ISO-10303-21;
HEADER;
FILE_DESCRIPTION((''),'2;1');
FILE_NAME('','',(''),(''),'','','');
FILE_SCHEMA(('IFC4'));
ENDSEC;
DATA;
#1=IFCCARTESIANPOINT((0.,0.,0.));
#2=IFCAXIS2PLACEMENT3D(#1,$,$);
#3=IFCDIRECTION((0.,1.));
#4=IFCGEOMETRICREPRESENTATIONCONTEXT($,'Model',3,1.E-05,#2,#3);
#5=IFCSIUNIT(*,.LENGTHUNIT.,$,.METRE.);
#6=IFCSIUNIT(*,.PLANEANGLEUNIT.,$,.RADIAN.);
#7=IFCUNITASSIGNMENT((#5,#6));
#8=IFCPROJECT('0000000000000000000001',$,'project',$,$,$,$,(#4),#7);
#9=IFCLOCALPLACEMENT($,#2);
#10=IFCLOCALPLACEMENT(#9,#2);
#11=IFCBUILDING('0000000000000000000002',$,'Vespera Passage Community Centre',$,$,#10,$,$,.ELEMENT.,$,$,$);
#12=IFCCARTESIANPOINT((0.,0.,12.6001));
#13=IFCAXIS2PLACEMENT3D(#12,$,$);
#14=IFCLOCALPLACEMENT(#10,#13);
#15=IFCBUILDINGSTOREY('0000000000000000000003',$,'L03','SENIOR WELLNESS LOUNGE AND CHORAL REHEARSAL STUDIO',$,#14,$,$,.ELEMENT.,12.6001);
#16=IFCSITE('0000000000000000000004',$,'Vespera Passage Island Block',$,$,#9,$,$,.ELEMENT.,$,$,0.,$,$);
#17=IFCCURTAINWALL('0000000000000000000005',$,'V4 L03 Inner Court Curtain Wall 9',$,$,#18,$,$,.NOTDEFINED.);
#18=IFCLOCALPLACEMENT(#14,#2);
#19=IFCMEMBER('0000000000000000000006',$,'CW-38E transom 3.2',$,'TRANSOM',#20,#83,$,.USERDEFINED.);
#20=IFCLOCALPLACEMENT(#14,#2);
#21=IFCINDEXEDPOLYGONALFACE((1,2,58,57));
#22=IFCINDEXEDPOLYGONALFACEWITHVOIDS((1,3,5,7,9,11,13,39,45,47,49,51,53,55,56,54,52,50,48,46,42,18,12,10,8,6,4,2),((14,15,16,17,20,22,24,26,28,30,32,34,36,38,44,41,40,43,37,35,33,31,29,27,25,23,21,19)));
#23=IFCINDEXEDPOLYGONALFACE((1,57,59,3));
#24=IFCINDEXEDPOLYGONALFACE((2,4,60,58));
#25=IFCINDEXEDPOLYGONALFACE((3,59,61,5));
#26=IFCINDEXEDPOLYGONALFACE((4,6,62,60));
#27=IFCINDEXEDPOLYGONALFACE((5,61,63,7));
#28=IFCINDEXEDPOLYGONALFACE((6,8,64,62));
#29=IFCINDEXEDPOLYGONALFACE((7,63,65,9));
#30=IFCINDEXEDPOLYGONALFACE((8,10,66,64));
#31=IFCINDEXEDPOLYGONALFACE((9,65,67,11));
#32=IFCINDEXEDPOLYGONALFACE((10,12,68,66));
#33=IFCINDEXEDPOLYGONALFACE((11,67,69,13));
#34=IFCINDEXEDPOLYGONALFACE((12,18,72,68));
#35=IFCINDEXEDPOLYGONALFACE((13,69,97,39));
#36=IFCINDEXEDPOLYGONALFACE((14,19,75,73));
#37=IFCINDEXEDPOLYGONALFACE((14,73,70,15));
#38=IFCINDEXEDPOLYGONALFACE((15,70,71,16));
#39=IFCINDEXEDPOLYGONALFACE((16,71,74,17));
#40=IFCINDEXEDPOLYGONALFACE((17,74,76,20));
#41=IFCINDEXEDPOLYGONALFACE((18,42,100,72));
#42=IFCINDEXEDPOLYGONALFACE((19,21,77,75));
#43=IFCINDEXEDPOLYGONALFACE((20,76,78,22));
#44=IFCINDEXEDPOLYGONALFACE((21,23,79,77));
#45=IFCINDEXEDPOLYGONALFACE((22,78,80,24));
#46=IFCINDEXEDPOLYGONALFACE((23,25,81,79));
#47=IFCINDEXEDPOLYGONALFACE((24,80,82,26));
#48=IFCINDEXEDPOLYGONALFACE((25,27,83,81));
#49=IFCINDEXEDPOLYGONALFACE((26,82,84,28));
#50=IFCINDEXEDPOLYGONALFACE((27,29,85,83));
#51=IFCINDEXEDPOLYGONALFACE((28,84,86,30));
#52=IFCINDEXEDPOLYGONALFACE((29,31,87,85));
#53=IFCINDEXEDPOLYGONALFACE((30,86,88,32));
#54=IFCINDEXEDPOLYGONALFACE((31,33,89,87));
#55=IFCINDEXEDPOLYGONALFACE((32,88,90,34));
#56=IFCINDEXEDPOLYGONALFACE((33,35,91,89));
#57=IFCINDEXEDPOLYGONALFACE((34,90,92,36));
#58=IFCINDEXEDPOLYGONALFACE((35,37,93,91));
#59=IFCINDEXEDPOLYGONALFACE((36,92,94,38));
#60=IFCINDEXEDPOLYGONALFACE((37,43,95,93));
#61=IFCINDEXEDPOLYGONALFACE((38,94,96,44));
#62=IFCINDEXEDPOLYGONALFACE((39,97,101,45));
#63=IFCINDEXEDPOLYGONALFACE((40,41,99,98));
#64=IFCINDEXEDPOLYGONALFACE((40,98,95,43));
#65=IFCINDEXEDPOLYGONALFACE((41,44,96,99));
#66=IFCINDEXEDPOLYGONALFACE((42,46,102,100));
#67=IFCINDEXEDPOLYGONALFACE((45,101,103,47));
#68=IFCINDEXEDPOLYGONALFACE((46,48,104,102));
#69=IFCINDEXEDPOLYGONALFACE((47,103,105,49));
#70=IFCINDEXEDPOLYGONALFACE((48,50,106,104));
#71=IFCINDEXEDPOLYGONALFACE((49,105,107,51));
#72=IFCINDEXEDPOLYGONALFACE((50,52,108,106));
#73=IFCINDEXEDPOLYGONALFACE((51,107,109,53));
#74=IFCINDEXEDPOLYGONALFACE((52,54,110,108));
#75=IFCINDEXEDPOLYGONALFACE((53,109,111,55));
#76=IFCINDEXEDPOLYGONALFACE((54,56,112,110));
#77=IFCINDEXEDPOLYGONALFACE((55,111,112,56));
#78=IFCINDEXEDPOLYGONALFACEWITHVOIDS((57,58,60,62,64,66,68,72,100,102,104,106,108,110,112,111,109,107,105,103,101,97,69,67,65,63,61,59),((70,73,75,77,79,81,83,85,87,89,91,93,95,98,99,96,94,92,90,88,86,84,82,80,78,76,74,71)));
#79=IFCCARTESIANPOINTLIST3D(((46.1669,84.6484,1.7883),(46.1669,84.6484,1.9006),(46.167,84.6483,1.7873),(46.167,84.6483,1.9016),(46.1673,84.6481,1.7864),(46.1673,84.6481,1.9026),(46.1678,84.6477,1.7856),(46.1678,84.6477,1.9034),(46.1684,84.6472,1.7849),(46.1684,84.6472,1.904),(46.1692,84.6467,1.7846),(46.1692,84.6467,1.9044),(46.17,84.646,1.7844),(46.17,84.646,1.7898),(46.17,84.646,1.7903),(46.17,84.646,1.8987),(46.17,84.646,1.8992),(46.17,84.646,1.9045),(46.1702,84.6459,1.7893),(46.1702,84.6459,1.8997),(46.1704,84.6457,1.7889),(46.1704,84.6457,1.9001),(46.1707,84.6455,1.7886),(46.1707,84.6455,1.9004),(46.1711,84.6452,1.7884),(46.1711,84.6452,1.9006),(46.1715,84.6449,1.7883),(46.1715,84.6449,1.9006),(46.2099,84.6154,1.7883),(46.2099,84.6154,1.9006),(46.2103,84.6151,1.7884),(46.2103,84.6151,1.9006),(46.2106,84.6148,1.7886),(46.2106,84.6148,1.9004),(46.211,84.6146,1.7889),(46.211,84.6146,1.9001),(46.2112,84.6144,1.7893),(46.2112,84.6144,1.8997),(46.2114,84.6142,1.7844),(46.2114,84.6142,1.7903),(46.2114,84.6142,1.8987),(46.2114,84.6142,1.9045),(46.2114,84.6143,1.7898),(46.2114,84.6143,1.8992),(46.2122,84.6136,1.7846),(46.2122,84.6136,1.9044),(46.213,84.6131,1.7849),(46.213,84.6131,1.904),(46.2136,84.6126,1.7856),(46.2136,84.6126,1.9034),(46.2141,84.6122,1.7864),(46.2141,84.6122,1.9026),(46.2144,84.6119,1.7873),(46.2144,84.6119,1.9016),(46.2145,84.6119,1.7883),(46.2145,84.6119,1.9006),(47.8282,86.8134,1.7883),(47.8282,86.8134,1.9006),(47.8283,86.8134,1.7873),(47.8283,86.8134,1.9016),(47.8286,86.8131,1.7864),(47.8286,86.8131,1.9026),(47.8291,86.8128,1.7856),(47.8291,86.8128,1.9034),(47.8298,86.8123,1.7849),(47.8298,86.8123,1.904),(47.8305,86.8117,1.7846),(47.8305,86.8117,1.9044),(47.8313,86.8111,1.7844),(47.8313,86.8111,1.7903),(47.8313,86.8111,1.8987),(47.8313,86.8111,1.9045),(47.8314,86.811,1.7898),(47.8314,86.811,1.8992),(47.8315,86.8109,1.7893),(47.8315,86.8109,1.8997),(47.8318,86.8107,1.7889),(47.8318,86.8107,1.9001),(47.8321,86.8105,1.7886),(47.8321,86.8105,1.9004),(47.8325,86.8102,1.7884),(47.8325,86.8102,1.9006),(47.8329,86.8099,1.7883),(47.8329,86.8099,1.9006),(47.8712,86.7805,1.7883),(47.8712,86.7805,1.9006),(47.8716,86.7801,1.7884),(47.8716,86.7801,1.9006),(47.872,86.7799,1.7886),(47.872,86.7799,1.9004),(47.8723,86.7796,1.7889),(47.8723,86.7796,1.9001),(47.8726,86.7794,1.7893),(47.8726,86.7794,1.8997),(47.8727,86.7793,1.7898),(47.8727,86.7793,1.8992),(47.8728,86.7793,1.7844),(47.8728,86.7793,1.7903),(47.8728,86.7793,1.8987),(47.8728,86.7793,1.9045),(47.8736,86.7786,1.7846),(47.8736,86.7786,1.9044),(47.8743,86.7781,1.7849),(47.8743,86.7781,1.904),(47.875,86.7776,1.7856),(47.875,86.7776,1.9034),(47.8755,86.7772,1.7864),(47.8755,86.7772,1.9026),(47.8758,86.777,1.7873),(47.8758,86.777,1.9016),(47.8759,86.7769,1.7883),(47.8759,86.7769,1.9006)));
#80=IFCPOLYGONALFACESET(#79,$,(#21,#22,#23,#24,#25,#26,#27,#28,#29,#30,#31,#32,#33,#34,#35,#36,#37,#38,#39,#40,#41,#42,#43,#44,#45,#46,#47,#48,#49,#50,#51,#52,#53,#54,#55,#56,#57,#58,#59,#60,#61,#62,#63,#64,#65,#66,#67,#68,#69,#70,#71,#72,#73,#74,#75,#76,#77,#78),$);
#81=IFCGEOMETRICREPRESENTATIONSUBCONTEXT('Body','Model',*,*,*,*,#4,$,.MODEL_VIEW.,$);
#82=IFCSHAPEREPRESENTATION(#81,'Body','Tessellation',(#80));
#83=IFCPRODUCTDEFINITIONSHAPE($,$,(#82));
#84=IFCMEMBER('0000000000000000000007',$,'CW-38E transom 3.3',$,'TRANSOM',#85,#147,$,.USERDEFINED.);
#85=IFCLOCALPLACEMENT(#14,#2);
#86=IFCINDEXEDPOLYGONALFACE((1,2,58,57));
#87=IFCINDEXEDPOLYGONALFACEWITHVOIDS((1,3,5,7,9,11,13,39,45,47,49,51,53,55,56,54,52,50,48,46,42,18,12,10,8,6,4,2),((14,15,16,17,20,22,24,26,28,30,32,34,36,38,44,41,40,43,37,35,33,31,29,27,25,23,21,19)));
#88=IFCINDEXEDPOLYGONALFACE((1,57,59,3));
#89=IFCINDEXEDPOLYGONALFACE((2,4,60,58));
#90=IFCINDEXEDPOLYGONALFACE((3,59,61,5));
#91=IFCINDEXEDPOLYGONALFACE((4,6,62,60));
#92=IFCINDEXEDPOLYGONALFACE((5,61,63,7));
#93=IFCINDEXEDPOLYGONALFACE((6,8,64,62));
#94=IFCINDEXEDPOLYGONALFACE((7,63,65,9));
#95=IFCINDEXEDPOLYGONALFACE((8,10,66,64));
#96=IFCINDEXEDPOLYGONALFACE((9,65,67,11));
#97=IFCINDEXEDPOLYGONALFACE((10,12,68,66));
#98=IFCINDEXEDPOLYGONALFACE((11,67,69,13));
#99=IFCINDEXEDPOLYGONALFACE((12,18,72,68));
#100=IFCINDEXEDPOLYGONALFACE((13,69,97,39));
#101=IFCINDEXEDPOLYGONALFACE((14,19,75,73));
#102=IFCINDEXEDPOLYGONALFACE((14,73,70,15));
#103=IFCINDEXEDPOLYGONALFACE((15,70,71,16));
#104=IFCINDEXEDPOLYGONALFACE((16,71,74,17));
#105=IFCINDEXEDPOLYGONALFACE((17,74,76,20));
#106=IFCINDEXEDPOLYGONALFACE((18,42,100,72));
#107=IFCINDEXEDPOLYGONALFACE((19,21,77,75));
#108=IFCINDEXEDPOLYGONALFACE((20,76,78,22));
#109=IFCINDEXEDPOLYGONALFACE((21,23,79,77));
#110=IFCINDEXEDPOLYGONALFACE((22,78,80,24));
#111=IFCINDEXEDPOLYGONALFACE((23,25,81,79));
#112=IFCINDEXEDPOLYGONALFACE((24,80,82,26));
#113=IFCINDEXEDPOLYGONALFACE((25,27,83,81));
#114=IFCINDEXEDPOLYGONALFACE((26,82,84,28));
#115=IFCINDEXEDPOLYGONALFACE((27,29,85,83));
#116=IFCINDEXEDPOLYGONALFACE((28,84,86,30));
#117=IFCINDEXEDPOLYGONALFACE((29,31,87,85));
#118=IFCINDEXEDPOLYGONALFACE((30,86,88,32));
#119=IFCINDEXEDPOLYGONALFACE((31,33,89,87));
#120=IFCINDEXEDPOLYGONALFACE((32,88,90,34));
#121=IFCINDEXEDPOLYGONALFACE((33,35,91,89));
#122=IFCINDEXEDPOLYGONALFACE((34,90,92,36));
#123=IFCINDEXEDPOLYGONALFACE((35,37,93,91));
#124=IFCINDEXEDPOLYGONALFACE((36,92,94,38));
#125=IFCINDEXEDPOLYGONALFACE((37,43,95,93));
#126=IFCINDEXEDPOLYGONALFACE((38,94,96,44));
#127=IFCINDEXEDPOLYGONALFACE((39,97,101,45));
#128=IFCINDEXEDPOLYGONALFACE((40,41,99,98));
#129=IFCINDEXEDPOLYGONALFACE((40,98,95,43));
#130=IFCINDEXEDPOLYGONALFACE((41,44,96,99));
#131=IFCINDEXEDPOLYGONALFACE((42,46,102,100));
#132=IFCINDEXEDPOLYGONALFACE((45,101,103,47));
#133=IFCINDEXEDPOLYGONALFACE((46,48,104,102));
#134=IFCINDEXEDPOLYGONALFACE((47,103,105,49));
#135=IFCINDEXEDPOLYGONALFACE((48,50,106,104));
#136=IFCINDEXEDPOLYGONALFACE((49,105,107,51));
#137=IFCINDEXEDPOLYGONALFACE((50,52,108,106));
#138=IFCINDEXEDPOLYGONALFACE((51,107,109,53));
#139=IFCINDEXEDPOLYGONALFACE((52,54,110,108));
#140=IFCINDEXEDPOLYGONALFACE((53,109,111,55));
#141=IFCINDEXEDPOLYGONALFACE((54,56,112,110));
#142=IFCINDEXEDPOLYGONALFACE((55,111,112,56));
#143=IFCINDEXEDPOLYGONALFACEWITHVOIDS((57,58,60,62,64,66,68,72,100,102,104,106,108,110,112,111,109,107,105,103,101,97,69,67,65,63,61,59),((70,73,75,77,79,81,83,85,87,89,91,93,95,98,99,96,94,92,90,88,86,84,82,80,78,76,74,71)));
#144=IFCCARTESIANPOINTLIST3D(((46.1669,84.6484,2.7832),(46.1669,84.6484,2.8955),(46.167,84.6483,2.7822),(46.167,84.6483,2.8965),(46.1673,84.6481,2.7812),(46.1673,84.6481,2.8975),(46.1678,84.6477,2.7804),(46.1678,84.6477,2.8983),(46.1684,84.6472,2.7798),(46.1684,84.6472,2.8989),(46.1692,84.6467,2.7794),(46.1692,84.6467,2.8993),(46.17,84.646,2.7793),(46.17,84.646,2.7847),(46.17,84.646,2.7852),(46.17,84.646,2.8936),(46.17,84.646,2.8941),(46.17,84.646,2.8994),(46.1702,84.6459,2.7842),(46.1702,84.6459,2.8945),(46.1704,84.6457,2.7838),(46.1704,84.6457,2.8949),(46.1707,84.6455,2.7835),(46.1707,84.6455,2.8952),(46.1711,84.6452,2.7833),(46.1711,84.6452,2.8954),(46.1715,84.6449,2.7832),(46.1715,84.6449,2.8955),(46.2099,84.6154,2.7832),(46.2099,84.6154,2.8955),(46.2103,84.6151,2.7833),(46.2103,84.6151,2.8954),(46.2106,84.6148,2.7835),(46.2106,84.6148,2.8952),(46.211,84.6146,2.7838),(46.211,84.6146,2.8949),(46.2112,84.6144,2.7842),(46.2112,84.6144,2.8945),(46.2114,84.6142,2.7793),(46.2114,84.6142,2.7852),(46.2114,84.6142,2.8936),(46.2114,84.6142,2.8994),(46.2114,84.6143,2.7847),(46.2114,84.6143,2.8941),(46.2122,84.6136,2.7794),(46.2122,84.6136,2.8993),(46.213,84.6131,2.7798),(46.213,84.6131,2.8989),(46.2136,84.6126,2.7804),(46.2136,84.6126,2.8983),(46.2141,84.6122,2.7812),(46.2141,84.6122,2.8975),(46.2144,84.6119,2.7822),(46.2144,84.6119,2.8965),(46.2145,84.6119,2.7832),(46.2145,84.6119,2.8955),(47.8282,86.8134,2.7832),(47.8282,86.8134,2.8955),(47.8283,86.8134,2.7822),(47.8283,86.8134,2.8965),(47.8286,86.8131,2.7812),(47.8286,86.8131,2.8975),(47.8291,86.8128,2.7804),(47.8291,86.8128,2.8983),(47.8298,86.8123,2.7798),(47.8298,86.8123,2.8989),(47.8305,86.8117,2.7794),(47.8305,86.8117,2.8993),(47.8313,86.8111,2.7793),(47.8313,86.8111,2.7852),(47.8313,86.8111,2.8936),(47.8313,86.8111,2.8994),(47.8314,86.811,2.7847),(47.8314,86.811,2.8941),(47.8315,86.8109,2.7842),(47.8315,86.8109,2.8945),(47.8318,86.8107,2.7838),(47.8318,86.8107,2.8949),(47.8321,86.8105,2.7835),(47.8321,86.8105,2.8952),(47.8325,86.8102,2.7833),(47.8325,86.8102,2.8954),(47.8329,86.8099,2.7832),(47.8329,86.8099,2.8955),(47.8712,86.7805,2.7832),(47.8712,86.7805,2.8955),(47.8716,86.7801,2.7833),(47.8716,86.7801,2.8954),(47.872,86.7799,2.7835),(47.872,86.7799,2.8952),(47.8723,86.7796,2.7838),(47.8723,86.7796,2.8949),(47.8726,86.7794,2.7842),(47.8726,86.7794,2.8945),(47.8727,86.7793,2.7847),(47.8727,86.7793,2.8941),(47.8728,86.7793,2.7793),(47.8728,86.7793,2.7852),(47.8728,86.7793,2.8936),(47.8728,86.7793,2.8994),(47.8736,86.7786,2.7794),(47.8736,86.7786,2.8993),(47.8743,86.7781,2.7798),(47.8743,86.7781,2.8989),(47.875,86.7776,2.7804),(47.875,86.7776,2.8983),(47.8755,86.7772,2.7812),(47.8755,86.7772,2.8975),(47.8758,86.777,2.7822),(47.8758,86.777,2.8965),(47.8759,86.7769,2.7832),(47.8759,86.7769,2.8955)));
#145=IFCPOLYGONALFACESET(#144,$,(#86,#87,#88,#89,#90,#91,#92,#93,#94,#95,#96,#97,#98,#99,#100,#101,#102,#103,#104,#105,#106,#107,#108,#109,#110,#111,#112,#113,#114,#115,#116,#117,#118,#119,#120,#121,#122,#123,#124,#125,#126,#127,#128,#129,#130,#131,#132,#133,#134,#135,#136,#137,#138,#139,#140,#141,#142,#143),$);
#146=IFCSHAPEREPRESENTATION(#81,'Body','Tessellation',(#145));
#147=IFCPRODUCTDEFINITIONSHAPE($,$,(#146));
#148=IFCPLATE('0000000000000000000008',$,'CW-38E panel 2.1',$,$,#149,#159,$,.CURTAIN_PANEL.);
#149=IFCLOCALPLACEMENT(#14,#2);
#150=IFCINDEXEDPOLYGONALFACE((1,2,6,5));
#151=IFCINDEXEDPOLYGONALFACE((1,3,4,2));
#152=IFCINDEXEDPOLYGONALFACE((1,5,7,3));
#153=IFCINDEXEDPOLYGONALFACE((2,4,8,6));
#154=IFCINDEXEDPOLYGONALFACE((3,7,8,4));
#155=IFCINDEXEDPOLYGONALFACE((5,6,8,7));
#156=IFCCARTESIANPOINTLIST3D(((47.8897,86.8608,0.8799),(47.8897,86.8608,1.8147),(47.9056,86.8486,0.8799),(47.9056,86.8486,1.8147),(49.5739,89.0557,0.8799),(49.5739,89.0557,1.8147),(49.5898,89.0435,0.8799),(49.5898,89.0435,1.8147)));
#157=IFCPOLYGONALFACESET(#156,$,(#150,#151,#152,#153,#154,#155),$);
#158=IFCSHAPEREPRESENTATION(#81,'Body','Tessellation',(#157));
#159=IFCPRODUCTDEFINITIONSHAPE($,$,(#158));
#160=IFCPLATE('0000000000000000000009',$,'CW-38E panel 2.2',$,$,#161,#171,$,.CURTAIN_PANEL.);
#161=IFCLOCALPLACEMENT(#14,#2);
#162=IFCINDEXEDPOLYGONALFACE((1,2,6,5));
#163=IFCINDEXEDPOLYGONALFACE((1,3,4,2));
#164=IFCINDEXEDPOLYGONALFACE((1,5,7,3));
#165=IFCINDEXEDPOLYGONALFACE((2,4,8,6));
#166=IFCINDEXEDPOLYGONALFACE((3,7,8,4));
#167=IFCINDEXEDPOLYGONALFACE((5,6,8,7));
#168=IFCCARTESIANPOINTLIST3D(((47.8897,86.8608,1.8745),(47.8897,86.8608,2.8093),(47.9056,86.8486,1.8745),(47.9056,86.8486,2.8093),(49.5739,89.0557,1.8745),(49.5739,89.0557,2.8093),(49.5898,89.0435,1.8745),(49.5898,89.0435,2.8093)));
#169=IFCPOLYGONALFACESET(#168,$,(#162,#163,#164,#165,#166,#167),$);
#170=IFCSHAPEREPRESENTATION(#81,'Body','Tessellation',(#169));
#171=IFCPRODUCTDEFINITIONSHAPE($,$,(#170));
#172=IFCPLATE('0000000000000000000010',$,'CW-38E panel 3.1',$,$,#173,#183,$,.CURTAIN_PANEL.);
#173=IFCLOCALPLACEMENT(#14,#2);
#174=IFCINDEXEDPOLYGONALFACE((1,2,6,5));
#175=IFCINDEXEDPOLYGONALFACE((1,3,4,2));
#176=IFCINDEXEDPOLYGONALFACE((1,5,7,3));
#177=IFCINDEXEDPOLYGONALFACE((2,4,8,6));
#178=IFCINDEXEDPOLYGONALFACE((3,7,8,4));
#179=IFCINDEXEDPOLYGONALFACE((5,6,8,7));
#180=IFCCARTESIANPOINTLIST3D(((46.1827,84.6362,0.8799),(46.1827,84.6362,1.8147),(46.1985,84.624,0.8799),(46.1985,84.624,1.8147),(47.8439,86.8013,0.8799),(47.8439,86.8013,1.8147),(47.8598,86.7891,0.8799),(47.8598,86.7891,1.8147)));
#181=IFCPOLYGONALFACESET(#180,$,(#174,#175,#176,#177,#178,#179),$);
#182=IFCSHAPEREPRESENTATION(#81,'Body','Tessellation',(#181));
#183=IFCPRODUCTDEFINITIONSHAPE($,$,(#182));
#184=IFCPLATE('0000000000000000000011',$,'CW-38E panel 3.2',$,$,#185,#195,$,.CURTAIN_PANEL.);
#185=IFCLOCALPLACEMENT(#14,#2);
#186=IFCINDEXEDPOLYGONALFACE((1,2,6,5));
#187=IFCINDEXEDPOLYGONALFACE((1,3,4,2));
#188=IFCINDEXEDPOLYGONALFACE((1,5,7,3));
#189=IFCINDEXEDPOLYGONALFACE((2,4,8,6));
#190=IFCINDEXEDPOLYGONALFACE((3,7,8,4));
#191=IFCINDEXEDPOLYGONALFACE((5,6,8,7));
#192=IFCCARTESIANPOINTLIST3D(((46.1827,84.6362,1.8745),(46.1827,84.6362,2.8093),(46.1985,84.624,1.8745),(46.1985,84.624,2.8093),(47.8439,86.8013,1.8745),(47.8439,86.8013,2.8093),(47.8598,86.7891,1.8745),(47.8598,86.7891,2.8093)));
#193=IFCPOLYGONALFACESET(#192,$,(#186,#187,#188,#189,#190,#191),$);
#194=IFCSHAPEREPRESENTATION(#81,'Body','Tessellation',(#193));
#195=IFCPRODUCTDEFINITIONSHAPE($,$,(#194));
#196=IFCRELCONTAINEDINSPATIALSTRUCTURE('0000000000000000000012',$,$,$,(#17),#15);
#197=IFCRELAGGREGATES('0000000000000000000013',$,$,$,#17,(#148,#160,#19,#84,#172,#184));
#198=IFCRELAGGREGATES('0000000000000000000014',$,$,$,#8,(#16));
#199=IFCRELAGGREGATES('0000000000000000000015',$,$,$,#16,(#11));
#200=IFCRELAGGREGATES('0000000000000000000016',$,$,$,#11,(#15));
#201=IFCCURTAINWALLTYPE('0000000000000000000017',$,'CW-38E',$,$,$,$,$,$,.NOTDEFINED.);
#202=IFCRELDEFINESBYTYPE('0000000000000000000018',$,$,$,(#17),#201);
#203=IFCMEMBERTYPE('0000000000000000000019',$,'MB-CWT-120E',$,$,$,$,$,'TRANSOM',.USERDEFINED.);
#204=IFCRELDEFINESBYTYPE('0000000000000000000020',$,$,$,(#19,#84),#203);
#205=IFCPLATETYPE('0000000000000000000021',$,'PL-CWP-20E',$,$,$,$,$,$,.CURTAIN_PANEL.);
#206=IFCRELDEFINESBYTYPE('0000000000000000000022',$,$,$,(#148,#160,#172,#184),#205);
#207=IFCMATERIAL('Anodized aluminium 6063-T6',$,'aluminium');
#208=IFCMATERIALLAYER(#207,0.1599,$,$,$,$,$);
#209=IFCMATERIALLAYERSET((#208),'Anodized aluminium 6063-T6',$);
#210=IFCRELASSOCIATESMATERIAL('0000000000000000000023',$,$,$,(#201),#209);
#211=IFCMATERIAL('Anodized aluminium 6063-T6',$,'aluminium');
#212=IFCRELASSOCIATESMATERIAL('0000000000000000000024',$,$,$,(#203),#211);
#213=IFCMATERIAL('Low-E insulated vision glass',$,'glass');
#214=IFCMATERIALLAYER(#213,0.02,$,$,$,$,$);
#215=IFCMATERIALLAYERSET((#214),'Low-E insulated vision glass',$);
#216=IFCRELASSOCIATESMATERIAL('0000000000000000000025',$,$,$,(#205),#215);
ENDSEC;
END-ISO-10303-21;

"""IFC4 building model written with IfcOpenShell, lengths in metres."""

from ifc_helpers import new_model, si_unit, direction, frame, origin, origin_2d, place, context, subcontext, project, spatial, rectangle, hollow_rectangle, extrude, material, layer, layer_set, material_profile, profile_set, type_object, element, aggregate, save


model = new_model("IFC4")

# Units and contexts
model_context = context("Model", 3, precision=1e-05, world=origin(), true_north=direction((0.0, 1.0)))
body_context = subcontext(model_context, "Body", "Model", "MODEL_VIEW")
ifc_project = project(units=[si_unit("LENGTHUNIT", "METRE"), si_unit("PLANEANGLEUNIT", "RADIAN")], contexts=[model_context])

# Site, building, storey
site_placement = place(None, origin())
site = spatial("IfcSite", under=ifc_project, at=site_placement, Name="Vespera Passage Island Block", CompositionType="ELEMENT", RefElevation=0.0)
building_placement = place(site_placement, origin())
building = spatial("IfcBuilding", under=site, at=building_placement, Name="Vespera Passage Community Centre", CompositionType="ELEMENT")
storey_placement = place(building_placement, frame((0.0, 0.0, 12.6001)))
storey = spatial("IfcBuildingStorey", under=building, at=storey_placement, Name="L03", Description="SENIOR WELLNESS LOUNGE AND CHORAL REHEARSAL STUDIO", CompositionType="ELEMENT", Elevation=12.6001)

# Curtain wall
ifc_material_1 = material(Name="Anodized aluminium 6063-T6", Category="aluminium")
ifc_layer_1 = layer(ifc_material_1, 0.1599)
ifc_layer_set_1 = layer_set([ifc_layer_1], Name="Anodized aluminium 6063-T6")
curtain_wall_type_1 = type_object("IfcCurtainWallType", Name="CW-38E", PredefinedType="NOTDEFINED", material=ifc_layer_set_1)
curtain_wall_1_placement = place(storey_placement, origin())
curtain_wall_1 = element("IfcCurtainWall", 1, at=curtain_wall_1_placement, inside=storey, type_object=curtain_wall_type_1, Name="V4 L03 Inner Court Curtain Wall 9", PredefinedType="NOTDEFINED")

# Members
ifc_material_2 = material(Name="Anodized aluminium 6063-T6", Category="aluminium")
ifc_material_profile_1 = material_profile(ifc_material_2, hollow_rectangle(XDim=0.0601, YDim=0.1201, WallThickness=0.0039, InnerFilletRadius=0.002, OuterFilletRadius=0.0039, at=origin_2d()), Name="ALU120X60X4")
ifc_profile_set_1 = profile_set([ifc_material_profile_1], Name="Anodized aluminium 6063-T6")
member_type_1 = type_object("IfcMemberType", Name="MB-CWT-120E", ElementType="TRANSOM", PredefinedType="USERDEFINED", material=ifc_profile_set_1)
member_1_placement = place(storey_placement, frame((47.8521, 86.7952, 1.8445), z_axis=(-0.608781, -0.793338, 0.0), x_axis=(0.793338, -0.608781, 0.0)))
member_1 = element("IfcMember", 2, at=member_1_placement, type_object=member_type_1, Name="CW-38E transom 3.2", ObjectType="TRANSOM", PredefinedType="USERDEFINED", context=body_context, shape_type="SweptSolid", body=[
    extrude(hollow_rectangle(XDim=0.0601, YDim=0.1201, WallThickness=0.0039, InnerFilletRadius=0.002, OuterFilletRadius=0.0039, at=origin_2d()), origin(), (0.0, 0.0, 1.0), 2.729),
])
member_2_placement = place(storey_placement, frame((47.8521, 86.7952, 2.8394), z_axis=(-0.608781, -0.793338, 0.0), x_axis=(0.793338, -0.608781, 0.0)))
member_2 = element("IfcMember", 3, at=member_2_placement, type_object=member_type_1, Name="CW-38E transom 3.3", ObjectType="TRANSOM", PredefinedType="USERDEFINED", context=body_context, shape_type="SweptSolid", body=[
    extrude(hollow_rectangle(XDim=0.0601, YDim=0.1201, WallThickness=0.0039, InnerFilletRadius=0.002, OuterFilletRadius=0.0039, at=origin_2d()), origin(), (0.0, 0.0, 1.0), 2.729),
])

# Plates
ifc_material_3 = material(Name="Low-E insulated vision glass", Category="glass")
ifc_layer_2 = layer(ifc_material_3, 0.02)
ifc_layer_set_2 = layer_set([ifc_layer_2], Name="Low-E insulated vision glass")
plate_type_1 = type_object("IfcPlateType", Name="PL-CWP-20E", PredefinedType="CURTAIN_PANEL", material=ifc_layer_set_2)
plate_1_placement = place(storey_placement, frame((48.7397, 87.9521, 0.8799), z_axis=(0.0, 0.0, 1.0), x_axis=(-0.608755, -0.793358, 0.0)))
plate_1 = element("IfcPlate", 4, at=plate_1_placement, type_object=plate_type_1, Name="CW-38E panel 2.1", PredefinedType="CURTAIN_PANEL", context=body_context, shape_type="SweptSolid", body=[
    extrude(rectangle(XDim=2.7666, YDim=0.02, at=origin_2d()), origin(), (0.0, 0.0, 1.0), 0.9348),
])
plate_2_placement = place(storey_placement, frame((48.7397, 87.9521, 1.8745), z_axis=(0.0, 0.0, 1.0), x_axis=(-0.608755, -0.793358, 0.0)))
plate_2 = element("IfcPlate", 5, at=plate_2_placement, type_object=plate_type_1, Name="CW-38E panel 2.2", PredefinedType="CURTAIN_PANEL", context=body_context, shape_type="SweptSolid", body=[
    extrude(rectangle(XDim=2.7666, YDim=0.02, at=origin_2d()), origin(), (0.0, 0.0, 1.0), 0.9348),
])
plate_3_placement = place(storey_placement, frame((47.0212, 85.7126, 0.8799), z_axis=(0.0, 0.0, 1.0), x_axis=(-0.608755, -0.793358, 0.0)))
plate_3 = element("IfcPlate", 6, at=plate_3_placement, type_object=plate_type_1, Name="CW-38E panel 3.1", PredefinedType="CURTAIN_PANEL", context=body_context, shape_type="SweptSolid", body=[
    extrude(rectangle(XDim=2.729, YDim=0.02, at=origin_2d()), origin(), (0.0, 0.0, 1.0), 0.9348),
])
plate_4_placement = place(storey_placement, frame((47.0212, 85.7126, 1.8745), z_axis=(0.0, 0.0, 1.0), x_axis=(-0.608755, -0.793358, 0.0)))
plate_4 = element("IfcPlate", 7, at=plate_4_placement, type_object=plate_type_1, Name="CW-38E panel 3.2", PredefinedType="CURTAIN_PANEL", context=body_context, shape_type="SweptSolid", body=[
    extrude(rectangle(XDim=2.729, YDim=0.02, at=origin_2d()), origin(), (0.0, 0.0, 1.0), 0.9348),
])
aggregate(curtain_wall_1, [plate_1, plate_2, member_1, member_2, plate_3, plate_4])

save(model, "model.ifc")
